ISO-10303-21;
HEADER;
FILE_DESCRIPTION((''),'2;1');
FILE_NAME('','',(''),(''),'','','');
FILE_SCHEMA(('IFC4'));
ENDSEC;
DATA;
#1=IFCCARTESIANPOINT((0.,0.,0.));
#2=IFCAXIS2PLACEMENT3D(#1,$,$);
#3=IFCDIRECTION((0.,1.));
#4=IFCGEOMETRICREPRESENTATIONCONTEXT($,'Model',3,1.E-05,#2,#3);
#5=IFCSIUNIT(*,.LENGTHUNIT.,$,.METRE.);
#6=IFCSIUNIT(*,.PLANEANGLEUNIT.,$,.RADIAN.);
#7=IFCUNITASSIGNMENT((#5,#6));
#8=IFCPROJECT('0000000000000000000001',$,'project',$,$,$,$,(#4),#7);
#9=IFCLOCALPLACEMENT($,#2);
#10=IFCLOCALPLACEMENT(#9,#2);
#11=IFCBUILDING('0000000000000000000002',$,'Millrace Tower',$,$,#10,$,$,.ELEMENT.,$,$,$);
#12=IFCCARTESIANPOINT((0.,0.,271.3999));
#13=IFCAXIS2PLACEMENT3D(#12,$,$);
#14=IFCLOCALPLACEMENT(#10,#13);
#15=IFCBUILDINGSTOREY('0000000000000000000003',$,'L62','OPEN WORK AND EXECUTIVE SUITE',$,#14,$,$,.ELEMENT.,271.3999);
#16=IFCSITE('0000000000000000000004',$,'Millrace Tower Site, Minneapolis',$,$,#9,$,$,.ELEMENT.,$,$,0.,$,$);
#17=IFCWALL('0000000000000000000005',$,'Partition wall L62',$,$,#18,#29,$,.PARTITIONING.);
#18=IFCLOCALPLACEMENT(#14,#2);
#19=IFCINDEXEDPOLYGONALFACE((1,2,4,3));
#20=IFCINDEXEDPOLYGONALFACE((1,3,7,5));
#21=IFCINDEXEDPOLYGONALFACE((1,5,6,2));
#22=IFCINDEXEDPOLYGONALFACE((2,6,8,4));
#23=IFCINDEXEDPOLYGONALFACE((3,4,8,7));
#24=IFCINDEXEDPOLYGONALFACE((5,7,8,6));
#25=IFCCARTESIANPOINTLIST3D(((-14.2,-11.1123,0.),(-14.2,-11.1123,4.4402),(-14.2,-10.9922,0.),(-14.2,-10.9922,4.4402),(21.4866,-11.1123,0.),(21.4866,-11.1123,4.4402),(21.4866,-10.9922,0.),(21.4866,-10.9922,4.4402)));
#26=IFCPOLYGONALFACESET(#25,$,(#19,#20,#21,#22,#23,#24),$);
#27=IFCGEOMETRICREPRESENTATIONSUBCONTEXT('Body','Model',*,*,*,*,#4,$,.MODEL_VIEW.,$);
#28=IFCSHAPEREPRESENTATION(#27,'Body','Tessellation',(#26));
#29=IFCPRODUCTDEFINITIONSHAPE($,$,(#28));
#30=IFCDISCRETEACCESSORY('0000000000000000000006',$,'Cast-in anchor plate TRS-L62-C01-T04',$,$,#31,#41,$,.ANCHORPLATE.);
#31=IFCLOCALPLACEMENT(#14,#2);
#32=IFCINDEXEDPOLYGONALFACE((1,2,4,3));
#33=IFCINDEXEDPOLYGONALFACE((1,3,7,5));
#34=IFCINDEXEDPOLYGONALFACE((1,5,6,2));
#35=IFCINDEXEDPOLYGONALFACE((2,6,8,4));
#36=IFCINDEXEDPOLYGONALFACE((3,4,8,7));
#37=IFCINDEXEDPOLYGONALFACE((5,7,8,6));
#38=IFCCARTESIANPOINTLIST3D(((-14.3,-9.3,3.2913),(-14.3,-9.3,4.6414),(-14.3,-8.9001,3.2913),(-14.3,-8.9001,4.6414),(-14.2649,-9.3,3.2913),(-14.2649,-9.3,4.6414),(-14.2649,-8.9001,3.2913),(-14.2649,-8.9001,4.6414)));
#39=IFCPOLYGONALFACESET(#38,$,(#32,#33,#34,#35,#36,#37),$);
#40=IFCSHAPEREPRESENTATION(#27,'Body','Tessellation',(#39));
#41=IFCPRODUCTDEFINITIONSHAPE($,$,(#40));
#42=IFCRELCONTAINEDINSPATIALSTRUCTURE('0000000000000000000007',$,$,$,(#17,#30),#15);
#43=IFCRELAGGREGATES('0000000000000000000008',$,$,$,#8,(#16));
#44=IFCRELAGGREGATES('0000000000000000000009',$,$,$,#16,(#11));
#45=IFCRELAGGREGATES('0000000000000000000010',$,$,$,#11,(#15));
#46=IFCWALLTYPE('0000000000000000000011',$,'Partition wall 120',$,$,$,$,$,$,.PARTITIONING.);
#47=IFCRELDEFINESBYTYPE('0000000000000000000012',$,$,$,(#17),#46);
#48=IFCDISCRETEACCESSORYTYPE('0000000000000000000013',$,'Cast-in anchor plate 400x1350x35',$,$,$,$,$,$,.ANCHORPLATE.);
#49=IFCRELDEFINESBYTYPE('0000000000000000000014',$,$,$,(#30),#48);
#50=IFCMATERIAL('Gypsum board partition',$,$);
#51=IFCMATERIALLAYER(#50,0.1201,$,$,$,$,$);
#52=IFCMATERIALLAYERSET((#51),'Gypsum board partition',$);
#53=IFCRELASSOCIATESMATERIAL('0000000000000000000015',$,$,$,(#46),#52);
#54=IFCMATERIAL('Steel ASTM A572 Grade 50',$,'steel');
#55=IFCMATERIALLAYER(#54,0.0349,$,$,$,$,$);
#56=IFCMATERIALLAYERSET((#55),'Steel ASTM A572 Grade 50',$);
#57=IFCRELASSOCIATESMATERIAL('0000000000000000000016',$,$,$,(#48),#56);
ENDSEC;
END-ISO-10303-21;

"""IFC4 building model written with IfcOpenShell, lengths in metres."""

from ifc_helpers import new_model, si_unit, direction, frame, frame_2d, origin, origin_2d, place, context, subcontext, project, spatial, rectangle, extrude, material, layer, layer_set, type_object, element, save


model = new_model("IFC4")

# Units and contexts
model_context = context("Model", 3, precision=1e-05, world=origin(), true_north=direction((0.0, 1.0)))
body_context = subcontext(model_context, "Body", "Model", "MODEL_VIEW")
ifc_project = project(units=[si_unit("LENGTHUNIT", "METRE"), si_unit("PLANEANGLEUNIT", "RADIAN")], contexts=[model_context])

# Site, building, storey
site_placement = place(None, origin())
site = spatial("IfcSite", under=ifc_project, at=site_placement, Name="Millrace Tower Site, Minneapolis", CompositionType="ELEMENT", RefElevation=0.0)
building_placement = place(site_placement, origin())
building = spatial("IfcBuilding", under=site, at=building_placement, Name="Millrace Tower", CompositionType="ELEMENT")
storey_placement = place(building_placement, frame((0.0, 0.0, 271.3999)))
storey = spatial("IfcBuildingStorey", under=building, at=storey_placement, Name="L62", Description="OPEN WORK AND EXECUTIVE SUITE", CompositionType="ELEMENT", Elevation=271.3999)

# Wall
ifc_material_1 = material(Name="Gypsum board partition")
ifc_layer_1 = layer(ifc_material_1, 0.1201)
ifc_layer_set_1 = layer_set([ifc_layer_1], Name="Gypsum board partition")
wall_type_1 = type_object("IfcWallType", Name="Partition wall 120", PredefinedType="PARTITIONING", material=ifc_layer_set_1)
wall_1_placement = place(storey_placement, frame((-14.2, -11.0522, 0.0), z_axis=(0.0, 0.0, 1.0), x_axis=(1.0, 0.0, 0.0)))
element("IfcWall", 1, at=wall_1_placement, inside=storey, type_object=wall_type_1, Name="Partition wall L62", PredefinedType="PARTITIONING", context=body_context, shape_type="SweptSolid", body=[
    extrude(rectangle(XDim=35.6865, YDim=0.1201, at=frame_2d((17.8433, 0.0))), origin(), (0.0, 0.0, 1.0), 4.4402),
])

# Discrete accessory
ifc_material_2 = material(Name="Steel ASTM A572 Grade 50", Category="steel")
ifc_layer_2 = layer(ifc_material_2, 0.0349)
ifc_layer_set_2 = layer_set([ifc_layer_2], Name="Steel ASTM A572 Grade 50")
discrete_accessory_type = type_object("IfcDiscreteAccessoryType", Name="Cast-in anchor plate 400x1350x35", PredefinedType="ANCHORPLATE", material=ifc_layer_set_2)
discrete_accessory_placement = place(storey_placement, frame((-14.2649, -9.1001, 3.9663), z_axis=(-1.0, 0.0, 0.0), x_axis=(0.0, -1.0, 0.0)))
element("IfcDiscreteAccessory", 2, at=discrete_accessory_placement, inside=storey, type_object=discrete_accessory_type, Name="Cast-in anchor plate TRS-L62-C01-T04", PredefinedType="ANCHORPLATE", context=body_context, shape_type="SweptSolid", body=[
    extrude(rectangle(XDim=0.3999, YDim=1.3501, at=origin_2d()), origin(), (0.0, 0.0, 1.0), 0.0352),
])

save(model, "model.ifc")
